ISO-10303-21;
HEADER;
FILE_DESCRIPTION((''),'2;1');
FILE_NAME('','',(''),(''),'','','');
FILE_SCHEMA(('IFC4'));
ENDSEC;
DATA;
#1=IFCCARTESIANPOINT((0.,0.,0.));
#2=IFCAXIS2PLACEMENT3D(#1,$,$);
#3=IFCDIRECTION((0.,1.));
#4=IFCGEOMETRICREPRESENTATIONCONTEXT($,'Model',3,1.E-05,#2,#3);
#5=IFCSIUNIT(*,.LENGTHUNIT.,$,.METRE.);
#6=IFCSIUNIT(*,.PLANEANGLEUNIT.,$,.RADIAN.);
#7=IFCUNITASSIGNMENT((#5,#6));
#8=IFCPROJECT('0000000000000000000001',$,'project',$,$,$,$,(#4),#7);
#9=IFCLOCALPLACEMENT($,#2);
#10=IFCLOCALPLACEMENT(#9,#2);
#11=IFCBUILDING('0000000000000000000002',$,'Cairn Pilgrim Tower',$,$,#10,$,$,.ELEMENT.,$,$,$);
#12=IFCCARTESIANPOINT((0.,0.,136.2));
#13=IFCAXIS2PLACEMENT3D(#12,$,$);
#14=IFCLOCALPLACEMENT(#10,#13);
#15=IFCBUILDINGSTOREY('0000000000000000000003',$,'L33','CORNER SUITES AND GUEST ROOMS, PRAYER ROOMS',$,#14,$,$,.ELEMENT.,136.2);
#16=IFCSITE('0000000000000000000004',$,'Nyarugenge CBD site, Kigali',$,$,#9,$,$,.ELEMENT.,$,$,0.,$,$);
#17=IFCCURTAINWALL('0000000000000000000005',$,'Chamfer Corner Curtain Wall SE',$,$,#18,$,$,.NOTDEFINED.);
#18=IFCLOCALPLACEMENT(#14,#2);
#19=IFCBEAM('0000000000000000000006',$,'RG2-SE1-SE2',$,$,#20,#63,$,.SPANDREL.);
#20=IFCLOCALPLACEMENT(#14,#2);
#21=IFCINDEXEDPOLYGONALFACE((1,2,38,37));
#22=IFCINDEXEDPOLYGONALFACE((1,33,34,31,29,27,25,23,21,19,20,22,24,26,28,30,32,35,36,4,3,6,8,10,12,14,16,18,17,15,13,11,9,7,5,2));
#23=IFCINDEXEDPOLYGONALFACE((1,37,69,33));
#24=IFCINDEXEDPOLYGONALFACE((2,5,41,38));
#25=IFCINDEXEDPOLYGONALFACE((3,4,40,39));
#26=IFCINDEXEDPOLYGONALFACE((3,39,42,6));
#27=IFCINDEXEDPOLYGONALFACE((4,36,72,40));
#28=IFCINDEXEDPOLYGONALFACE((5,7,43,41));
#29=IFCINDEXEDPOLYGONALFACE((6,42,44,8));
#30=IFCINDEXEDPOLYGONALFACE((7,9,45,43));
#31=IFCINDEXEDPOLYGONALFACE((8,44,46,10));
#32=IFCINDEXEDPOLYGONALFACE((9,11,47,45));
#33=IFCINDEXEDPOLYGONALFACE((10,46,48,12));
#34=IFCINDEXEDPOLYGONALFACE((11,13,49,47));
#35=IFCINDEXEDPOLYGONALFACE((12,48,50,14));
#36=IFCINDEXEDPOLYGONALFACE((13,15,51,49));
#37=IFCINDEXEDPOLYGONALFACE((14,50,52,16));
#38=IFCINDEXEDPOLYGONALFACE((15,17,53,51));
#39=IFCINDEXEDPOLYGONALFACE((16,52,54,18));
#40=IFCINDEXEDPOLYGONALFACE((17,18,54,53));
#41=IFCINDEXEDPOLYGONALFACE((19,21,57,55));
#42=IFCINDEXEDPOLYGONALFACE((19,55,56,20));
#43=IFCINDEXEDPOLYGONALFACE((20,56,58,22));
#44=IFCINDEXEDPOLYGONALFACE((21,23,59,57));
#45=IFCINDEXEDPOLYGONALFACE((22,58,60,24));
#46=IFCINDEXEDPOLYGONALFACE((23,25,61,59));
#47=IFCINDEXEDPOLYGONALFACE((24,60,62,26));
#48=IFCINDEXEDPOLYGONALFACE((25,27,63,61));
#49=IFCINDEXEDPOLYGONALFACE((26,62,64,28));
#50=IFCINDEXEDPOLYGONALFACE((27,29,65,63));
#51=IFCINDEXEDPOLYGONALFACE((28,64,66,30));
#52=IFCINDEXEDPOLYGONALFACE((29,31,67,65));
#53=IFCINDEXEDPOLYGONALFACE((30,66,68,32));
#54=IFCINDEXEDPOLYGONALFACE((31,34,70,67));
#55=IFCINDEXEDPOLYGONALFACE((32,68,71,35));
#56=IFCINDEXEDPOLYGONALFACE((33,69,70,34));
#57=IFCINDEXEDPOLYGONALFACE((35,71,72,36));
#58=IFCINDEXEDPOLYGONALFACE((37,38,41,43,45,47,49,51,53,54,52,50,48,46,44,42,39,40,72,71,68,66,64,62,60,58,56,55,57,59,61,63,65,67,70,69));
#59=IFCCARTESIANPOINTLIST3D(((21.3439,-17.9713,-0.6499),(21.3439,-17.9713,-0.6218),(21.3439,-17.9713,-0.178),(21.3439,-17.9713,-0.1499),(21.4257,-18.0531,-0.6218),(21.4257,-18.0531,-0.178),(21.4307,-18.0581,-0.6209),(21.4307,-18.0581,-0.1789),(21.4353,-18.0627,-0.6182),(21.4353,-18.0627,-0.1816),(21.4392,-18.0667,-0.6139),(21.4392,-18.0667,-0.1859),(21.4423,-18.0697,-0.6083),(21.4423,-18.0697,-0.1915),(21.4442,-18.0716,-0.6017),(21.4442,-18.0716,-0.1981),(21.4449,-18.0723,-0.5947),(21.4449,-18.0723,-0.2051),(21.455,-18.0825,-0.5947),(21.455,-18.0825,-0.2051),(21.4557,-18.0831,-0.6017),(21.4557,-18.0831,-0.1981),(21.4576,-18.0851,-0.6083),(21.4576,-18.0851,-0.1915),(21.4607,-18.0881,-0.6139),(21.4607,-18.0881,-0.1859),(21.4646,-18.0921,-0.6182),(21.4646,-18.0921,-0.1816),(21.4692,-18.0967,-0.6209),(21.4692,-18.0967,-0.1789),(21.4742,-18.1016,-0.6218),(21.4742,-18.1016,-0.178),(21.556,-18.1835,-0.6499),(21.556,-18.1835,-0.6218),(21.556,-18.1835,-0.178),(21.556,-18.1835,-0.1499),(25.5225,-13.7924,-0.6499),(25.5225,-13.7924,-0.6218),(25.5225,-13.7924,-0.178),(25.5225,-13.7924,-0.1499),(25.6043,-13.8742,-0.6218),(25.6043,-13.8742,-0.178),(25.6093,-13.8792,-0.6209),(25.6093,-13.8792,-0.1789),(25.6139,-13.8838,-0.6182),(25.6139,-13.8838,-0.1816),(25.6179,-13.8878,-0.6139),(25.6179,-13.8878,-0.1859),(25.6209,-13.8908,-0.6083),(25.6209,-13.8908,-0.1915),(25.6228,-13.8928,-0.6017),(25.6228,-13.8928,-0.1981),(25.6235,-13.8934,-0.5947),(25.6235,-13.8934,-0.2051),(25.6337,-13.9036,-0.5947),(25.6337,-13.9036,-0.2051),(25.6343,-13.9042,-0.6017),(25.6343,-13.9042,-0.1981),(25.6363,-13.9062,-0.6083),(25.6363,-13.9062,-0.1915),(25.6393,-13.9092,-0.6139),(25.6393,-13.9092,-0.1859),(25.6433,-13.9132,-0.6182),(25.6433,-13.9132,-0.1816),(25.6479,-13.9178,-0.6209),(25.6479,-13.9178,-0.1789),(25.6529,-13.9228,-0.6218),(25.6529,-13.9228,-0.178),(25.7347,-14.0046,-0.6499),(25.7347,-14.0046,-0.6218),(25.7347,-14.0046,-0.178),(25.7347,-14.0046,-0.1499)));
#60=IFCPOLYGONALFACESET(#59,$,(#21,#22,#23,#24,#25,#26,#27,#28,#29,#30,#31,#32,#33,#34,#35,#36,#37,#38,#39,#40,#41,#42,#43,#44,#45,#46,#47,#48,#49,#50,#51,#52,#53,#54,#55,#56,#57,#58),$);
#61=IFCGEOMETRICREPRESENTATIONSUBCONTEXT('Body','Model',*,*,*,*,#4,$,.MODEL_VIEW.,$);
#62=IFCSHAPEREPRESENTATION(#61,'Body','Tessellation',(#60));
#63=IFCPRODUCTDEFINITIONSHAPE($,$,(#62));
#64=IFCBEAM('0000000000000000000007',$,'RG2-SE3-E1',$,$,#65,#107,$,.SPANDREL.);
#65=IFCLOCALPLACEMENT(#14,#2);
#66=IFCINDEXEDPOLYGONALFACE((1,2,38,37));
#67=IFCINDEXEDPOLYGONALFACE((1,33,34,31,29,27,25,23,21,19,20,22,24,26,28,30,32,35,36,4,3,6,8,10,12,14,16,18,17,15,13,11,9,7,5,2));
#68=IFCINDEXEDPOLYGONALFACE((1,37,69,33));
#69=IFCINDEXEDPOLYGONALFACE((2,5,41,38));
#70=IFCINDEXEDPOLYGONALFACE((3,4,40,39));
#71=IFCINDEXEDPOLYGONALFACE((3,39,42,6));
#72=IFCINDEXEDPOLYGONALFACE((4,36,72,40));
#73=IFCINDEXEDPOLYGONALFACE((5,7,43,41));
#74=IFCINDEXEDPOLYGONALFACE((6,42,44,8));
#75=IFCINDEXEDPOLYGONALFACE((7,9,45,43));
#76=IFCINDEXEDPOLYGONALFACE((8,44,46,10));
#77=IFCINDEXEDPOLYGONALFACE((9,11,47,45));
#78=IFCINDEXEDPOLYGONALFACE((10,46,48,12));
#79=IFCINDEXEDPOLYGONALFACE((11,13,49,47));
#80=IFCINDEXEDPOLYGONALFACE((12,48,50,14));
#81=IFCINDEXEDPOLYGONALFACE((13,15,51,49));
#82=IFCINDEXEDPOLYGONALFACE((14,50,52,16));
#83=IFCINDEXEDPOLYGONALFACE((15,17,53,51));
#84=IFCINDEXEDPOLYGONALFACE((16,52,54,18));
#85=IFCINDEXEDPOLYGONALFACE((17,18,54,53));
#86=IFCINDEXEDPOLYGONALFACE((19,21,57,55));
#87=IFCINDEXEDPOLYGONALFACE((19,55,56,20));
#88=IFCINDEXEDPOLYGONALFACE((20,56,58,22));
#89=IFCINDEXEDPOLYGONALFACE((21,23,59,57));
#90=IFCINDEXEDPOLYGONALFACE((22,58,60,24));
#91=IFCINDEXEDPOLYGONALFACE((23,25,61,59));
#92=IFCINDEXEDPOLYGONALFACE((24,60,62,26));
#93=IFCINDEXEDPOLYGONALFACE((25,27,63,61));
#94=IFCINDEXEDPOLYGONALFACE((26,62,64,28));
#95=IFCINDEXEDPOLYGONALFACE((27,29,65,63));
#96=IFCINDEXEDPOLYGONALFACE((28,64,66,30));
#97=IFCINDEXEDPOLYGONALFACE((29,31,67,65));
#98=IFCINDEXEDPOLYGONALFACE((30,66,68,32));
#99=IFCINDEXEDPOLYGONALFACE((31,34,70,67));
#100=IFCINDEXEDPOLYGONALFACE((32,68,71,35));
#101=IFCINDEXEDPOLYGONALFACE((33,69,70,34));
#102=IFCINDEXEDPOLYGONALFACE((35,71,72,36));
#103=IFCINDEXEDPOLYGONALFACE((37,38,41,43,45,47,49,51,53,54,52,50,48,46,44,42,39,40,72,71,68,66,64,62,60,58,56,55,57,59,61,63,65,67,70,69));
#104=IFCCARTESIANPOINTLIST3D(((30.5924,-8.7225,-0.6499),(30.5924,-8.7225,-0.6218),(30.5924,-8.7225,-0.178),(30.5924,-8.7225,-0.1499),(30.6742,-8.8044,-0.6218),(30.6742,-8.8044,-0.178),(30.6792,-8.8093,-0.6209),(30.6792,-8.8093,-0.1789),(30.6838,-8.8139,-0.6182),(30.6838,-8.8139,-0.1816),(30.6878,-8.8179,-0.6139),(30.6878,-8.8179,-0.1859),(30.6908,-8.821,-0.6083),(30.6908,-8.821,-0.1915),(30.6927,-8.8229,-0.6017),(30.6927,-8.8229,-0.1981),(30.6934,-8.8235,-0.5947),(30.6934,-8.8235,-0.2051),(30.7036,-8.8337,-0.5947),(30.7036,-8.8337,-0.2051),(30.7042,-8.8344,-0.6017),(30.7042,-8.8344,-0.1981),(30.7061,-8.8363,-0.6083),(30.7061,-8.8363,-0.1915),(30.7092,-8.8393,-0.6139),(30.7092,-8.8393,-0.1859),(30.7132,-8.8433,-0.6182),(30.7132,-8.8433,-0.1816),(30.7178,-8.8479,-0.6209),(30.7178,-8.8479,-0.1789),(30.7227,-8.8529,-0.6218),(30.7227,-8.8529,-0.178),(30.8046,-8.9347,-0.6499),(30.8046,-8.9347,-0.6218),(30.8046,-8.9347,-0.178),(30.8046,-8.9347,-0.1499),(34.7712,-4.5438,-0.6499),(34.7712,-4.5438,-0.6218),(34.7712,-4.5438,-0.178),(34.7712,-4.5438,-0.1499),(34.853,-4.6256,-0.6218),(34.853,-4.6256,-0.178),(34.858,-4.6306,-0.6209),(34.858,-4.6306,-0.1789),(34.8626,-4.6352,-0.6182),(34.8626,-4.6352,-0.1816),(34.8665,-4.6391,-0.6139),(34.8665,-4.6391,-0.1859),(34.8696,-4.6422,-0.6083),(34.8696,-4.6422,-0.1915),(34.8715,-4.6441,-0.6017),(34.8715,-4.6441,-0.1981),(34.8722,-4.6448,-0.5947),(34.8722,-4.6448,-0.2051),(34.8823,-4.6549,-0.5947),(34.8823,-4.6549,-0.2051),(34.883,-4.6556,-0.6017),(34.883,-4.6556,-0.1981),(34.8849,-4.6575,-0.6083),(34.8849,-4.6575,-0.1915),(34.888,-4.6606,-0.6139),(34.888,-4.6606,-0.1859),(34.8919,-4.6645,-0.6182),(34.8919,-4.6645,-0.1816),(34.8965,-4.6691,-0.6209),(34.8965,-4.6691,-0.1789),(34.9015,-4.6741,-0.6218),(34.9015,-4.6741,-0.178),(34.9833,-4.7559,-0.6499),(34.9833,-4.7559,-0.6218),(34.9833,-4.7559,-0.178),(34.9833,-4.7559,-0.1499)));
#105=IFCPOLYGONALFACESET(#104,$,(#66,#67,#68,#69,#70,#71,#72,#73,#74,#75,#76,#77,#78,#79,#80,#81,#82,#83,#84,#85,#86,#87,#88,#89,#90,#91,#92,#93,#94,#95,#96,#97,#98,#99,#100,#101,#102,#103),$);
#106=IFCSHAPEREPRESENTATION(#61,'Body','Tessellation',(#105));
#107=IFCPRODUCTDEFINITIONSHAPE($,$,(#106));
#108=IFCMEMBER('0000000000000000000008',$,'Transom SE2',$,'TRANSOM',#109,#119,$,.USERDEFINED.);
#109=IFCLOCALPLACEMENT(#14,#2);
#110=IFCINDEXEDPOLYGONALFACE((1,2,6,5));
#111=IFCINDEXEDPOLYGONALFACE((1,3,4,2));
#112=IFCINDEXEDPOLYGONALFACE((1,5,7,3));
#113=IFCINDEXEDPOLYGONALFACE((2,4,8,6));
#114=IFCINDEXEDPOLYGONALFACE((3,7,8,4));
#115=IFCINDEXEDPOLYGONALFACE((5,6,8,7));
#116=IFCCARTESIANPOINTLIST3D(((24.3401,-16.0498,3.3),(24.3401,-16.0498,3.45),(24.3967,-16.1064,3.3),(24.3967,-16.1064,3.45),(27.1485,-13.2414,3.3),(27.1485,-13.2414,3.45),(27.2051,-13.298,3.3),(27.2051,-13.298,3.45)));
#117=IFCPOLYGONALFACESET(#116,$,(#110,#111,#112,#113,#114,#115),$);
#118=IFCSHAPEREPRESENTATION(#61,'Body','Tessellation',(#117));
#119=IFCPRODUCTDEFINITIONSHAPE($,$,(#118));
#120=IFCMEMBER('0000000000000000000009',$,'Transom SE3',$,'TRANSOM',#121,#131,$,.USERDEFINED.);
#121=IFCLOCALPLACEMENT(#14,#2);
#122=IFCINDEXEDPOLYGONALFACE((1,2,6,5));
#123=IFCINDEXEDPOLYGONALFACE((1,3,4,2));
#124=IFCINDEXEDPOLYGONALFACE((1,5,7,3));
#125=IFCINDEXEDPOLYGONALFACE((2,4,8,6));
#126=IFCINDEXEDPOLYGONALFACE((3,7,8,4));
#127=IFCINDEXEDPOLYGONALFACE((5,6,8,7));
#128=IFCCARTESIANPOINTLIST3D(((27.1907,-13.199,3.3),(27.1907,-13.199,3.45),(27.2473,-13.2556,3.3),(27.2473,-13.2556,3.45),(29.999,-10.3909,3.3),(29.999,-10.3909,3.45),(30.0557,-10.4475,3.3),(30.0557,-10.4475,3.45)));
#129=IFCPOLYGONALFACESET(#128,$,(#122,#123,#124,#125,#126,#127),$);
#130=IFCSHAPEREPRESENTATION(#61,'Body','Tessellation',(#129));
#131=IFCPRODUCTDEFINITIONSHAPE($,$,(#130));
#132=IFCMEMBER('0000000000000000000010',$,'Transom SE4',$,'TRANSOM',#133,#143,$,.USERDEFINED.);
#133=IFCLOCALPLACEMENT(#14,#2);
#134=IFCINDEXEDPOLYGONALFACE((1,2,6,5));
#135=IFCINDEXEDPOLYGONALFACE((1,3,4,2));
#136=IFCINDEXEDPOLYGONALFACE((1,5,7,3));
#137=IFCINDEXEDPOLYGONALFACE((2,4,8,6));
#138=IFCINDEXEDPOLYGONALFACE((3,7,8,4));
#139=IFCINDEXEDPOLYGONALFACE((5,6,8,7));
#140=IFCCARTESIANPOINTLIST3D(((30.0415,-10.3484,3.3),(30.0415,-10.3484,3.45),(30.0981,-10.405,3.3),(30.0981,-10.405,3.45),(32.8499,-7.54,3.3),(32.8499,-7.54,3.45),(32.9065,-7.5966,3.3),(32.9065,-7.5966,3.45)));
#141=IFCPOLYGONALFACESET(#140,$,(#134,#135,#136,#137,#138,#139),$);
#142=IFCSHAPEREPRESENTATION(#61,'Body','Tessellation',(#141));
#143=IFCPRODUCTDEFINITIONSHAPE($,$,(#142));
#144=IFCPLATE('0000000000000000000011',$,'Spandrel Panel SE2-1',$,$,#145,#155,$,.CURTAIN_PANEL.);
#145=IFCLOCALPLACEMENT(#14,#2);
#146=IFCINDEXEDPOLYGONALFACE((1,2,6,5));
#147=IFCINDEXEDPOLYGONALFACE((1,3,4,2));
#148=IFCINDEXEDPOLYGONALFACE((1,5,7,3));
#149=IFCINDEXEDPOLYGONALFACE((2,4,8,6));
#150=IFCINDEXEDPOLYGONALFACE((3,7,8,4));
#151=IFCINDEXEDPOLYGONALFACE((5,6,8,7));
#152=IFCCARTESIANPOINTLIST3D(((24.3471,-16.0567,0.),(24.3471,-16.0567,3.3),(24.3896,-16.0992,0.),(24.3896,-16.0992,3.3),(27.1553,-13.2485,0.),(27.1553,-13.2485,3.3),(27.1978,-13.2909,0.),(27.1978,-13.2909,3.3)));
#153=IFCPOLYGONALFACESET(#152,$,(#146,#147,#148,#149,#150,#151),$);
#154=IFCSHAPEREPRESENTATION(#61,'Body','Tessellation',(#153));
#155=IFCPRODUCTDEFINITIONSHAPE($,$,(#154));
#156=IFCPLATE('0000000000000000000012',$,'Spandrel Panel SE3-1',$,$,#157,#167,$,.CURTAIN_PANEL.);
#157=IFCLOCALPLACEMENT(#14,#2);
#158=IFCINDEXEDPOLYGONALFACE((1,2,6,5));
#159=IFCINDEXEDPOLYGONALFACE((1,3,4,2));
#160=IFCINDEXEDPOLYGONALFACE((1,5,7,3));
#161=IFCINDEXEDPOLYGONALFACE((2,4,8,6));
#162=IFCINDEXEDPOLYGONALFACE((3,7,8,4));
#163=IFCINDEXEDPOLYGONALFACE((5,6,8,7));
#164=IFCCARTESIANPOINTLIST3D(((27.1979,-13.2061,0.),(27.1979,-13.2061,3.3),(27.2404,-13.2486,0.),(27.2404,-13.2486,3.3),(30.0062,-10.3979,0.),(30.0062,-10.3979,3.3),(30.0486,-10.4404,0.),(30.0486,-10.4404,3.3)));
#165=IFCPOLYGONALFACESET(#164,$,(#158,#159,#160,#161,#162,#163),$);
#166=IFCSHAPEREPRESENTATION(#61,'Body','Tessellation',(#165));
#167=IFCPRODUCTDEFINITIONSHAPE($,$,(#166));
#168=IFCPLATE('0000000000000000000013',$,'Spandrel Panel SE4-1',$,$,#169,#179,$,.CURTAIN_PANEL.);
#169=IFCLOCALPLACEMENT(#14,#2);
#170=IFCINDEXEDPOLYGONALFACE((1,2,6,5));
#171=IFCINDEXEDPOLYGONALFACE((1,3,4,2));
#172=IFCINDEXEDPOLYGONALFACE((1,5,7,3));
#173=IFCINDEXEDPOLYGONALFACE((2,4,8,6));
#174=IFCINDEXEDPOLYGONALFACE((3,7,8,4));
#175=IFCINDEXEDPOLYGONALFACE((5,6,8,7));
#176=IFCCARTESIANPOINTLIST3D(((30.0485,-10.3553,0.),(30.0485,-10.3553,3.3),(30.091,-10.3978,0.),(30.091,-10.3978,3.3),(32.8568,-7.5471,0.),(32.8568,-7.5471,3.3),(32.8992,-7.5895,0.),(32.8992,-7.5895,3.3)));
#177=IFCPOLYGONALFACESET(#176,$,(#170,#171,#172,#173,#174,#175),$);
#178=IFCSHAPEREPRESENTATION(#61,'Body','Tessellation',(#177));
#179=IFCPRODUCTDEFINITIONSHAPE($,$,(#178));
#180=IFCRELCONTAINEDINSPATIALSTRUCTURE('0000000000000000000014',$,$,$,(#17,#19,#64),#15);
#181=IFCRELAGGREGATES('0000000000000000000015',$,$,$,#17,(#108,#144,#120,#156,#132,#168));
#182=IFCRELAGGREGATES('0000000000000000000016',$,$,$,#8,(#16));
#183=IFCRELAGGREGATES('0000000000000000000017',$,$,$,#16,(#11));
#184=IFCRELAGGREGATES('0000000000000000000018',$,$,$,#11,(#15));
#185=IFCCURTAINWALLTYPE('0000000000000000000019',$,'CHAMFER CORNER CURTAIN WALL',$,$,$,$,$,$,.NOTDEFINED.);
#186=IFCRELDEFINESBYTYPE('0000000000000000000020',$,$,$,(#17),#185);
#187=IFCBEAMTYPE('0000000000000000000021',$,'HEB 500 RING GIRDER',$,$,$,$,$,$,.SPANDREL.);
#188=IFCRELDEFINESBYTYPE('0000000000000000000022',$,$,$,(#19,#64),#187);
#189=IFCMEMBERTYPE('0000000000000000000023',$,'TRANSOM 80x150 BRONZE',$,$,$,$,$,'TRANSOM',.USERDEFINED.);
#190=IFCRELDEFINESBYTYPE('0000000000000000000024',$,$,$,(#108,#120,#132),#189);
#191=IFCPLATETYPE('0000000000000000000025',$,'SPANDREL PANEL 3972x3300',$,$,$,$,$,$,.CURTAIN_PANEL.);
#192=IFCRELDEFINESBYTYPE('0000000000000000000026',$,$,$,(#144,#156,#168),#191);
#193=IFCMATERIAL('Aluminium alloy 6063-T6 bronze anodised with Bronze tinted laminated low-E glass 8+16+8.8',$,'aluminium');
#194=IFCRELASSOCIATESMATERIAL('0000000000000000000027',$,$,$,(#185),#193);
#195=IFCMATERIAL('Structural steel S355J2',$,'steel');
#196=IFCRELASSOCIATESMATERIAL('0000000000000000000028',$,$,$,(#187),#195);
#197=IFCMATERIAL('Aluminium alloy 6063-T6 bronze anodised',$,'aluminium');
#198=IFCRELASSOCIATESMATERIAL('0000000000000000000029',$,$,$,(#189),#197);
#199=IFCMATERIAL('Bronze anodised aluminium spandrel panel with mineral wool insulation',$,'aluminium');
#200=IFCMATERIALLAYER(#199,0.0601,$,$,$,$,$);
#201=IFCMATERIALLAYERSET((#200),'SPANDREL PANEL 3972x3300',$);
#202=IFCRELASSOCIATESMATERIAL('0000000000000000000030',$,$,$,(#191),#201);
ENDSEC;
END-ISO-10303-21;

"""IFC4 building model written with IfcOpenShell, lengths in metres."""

from ifc_helpers import new_model, si_unit, direction, frame, origin, origin_2d, place, context, subcontext, project, spatial, rectangle, i_section, extrude, material, layer, layer_set, material_profile, profile_set, type_object, element, aggregate, save


model = new_model("IFC4")

# Units and contexts
model_context = context("Model", 3, precision=1e-05, world=origin(), true_north=direction((0.0, 1.0)))
body_context = subcontext(model_context, "Body", "Model", "MODEL_VIEW")
ifc_project = project(units=[si_unit("LENGTHUNIT", "METRE"), si_unit("PLANEANGLEUNIT", "RADIAN")], contexts=[model_context])

# Site, building, storey
site_placement = place(None, origin())
site = spatial("IfcSite", under=ifc_project, at=site_placement, Name="Nyarugenge CBD site, Kigali", CompositionType="ELEMENT", RefElevation=0.0)
building_placement = place(site_placement, origin())
building = spatial("IfcBuilding", under=site, at=building_placement, Name="Cairn Pilgrim Tower", CompositionType="ELEMENT")
storey_placement = place(building_placement, frame((0.0, 0.0, 136.2)))
storey = spatial("IfcBuildingStorey", under=building, at=storey_placement, Name="L33", Description="CORNER SUITES AND GUEST ROOMS, PRAYER ROOMS", CompositionType="ELEMENT", Elevation=136.2)

# Shared definitions
ifc_material_1 = material(Name="Structural steel S355J2", Category="steel")

# Curtain wall
ifc_material_2 = material(Name="Aluminium alloy 6063-T6 bronze anodised with Bronze tinted laminated low-E glass 8+16+8.8", Category="aluminium")
curtain_wall_type = type_object("IfcCurtainWallType", Name="CHAMFER CORNER CURTAIN WALL", PredefinedType="NOTDEFINED", material=ifc_material_2)
curtain_wall_placement = place(storey_placement, origin())
curtain_wall = element("IfcCurtainWall", 1, at=curtain_wall_placement, inside=storey, type_object=curtain_wall_type, Name="Chamfer Corner Curtain Wall SE", PredefinedType="NOTDEFINED")
ifc_material_3 = material(Name="Aluminium alloy 6063-T6 bronze anodised", Category="aluminium")

# Beams
ifc_material_profile_1 = material_profile(ifc_material_1, i_section(OverallWidth=0.3, OverallDepth=0.5, WebThickness=0.0144, FlangeThickness=0.0281, FilletRadius=0.0271, at=origin_2d()), Name="HEB 500")
ifc_profile_set_1 = profile_set([ifc_material_profile_1], Name="Structural steel S355J2")
beam_type_1 = type_object("IfcBeamType", Name="HEB 500 RING GIRDER", PredefinedType="SPANDREL", material=ifc_profile_set_1)
for number, where, z_axis, x_axis, name in (
    (2, (21.45, -18.0774, -0.3999), (0.707086, 0.707127, 0.0), (-0.707127, 0.707086, 0.0), "RG2-SE1-SE2"),
    (3, (30.6985, -8.8286, -0.3999), (0.707107, 0.707107, 0.0), (-0.707107, 0.707107, 0.0), "RG2-SE3-E1"),
):
    element("IfcBeam", number, at=place(storey_placement, frame(where, z_axis=z_axis, x_axis=x_axis)), inside=storey, type_object=beam_type_1, Name=name, PredefinedType="SPANDREL", context=body_context, shape_type="SweptSolid", body=[
        extrude(i_section(OverallWidth=0.3, OverallDepth=0.5, WebThickness=0.0144, FlangeThickness=0.0281, FilletRadius=0.0271, at=origin_2d()), origin(), (0.0, 0.0, 1.0), 5.9097),
    ])

# Members
ifc_material_profile_2 = material_profile(ifc_material_3, rectangle(XDim=0.0801, YDim=0.1499, at=origin_2d()), Name="TRANSOM 80x150 BRONZE")
ifc_profile_set_2 = profile_set([ifc_material_profile_2], Name="Aluminium alloy 6063-T6 bronze anodised")
member_type_1 = type_object("IfcMemberType", Name="TRANSOM 80x150 BRONZE", ElementType="TRANSOM", PredefinedType="USERDEFINED", material=ifc_profile_set_2)
member_1_placement = place(storey_placement, frame((24.3684, -16.0781, 3.375), z_axis=(0.707107, 0.707107, 0.0), x_axis=(-0.707107, 0.707107, 0.0)))
member_1 = element("IfcMember", 4, at=member_1_placement, type_object=member_type_1, Name="Transom SE2", ObjectType="TRANSOM", PredefinedType="USERDEFINED", context=body_context, shape_type="SweptSolid", body=[
    extrude(rectangle(XDim=0.0801, YDim=0.1499, at=origin_2d()), origin(), (0.0, 0.0, 1.0), 3.9717),
])
member_2_placement = place(storey_placement, frame((27.219, -13.2273, 3.375), z_axis=(0.707138, 0.707076, 0.0), x_axis=(-0.707076, 0.707138, 0.0)))
member_2 = element("IfcMember", 5, at=member_2_placement, type_object=member_type_1, Name="Transom SE3", ObjectType="TRANSOM", PredefinedType="USERDEFINED", context=body_context, shape_type="SweptSolid", body=[
    extrude(rectangle(XDim=0.0801, YDim=0.1499, at=origin_2d()), origin(), (0.0, 0.0, 1.0), 3.9714),
])
member_3_placement = place(storey_placement, frame((30.0698, -10.3767, 3.375), z_axis=(0.707107, 0.707107, 0.0), x_axis=(-0.707107, 0.707107, 0.0)))
member_3 = element("IfcMember", 6, at=member_3_placement, type_object=member_type_1, Name="Transom SE4", ObjectType="TRANSOM", PredefinedType="USERDEFINED", context=body_context, shape_type="SweptSolid", body=[
    extrude(rectangle(XDim=0.0801, YDim=0.1499, at=origin_2d()), origin(), (0.0, 0.0, 1.0), 3.9717),
])

# Plates
ifc_material_4 = material(Name="Bronze anodised aluminium spandrel panel with mineral wool insulation", Category="aluminium")
ifc_layer_1 = layer(ifc_material_4, 0.0601)
ifc_layer_set_1 = layer_set([ifc_layer_1], Name="SPANDREL PANEL 3972x3300")
plate_type = type_object("IfcPlateType", Name="SPANDREL PANEL 3972x3300", PredefinedType="CURTAIN_PANEL", material=ifc_layer_set_1)
plate_1_placement = place(storey_placement, frame((25.7725, -14.6738, 0.0), z_axis=(0.0, 0.0, 1.0), x_axis=(0.707107, 0.707107, 0.0)))
plate_1 = element("IfcPlate", 7, at=plate_1_placement, type_object=plate_type, Name="Spandrel Panel SE2-1", PredefinedType="CURTAIN_PANEL", context=body_context, shape_type="SweptSolid", body=[
    extrude(rectangle(XDim=3.9714, YDim=0.0601, at=origin_2d()), origin(), (0.0, 0.0, 1.0), 3.3),
])
plate_2_placement = place(storey_placement, frame((28.6233, -11.8232, 0.0), z_axis=(0.0, 0.0, 1.0), x_axis=(0.707107, 0.707107, 0.0)))
plate_2 = element("IfcPlate", 8, at=plate_2_placement, type_object=plate_type, Name="Spandrel Panel SE3-1", PredefinedType="CURTAIN_PANEL", context=body_context, shape_type="SweptSolid", body=[
    extrude(rectangle(XDim=3.9714, YDim=0.0601, at=origin_2d()), origin(), (0.0, 0.0, 1.0), 3.3),
])
plate_3_placement = place(storey_placement, frame((31.4739, -8.9724, 0.0), z_axis=(0.0, 0.0, 1.0), x_axis=(0.707107, 0.707107, 0.0)))
plate_3 = element("IfcPlate", 9, at=plate_3_placement, type_object=plate_type, Name="Spandrel Panel SE4-1", PredefinedType="CURTAIN_PANEL", context=body_context, shape_type="SweptSolid", body=[
    extrude(rectangle(XDim=3.9714, YDim=0.0601, at=origin_2d()), origin(), (0.0, 0.0, 1.0), 3.3),
])
aggregate(curtain_wall, [member_1, plate_1, member_2, plate_2, member_3, plate_3])

save(model, "model.ifc")
